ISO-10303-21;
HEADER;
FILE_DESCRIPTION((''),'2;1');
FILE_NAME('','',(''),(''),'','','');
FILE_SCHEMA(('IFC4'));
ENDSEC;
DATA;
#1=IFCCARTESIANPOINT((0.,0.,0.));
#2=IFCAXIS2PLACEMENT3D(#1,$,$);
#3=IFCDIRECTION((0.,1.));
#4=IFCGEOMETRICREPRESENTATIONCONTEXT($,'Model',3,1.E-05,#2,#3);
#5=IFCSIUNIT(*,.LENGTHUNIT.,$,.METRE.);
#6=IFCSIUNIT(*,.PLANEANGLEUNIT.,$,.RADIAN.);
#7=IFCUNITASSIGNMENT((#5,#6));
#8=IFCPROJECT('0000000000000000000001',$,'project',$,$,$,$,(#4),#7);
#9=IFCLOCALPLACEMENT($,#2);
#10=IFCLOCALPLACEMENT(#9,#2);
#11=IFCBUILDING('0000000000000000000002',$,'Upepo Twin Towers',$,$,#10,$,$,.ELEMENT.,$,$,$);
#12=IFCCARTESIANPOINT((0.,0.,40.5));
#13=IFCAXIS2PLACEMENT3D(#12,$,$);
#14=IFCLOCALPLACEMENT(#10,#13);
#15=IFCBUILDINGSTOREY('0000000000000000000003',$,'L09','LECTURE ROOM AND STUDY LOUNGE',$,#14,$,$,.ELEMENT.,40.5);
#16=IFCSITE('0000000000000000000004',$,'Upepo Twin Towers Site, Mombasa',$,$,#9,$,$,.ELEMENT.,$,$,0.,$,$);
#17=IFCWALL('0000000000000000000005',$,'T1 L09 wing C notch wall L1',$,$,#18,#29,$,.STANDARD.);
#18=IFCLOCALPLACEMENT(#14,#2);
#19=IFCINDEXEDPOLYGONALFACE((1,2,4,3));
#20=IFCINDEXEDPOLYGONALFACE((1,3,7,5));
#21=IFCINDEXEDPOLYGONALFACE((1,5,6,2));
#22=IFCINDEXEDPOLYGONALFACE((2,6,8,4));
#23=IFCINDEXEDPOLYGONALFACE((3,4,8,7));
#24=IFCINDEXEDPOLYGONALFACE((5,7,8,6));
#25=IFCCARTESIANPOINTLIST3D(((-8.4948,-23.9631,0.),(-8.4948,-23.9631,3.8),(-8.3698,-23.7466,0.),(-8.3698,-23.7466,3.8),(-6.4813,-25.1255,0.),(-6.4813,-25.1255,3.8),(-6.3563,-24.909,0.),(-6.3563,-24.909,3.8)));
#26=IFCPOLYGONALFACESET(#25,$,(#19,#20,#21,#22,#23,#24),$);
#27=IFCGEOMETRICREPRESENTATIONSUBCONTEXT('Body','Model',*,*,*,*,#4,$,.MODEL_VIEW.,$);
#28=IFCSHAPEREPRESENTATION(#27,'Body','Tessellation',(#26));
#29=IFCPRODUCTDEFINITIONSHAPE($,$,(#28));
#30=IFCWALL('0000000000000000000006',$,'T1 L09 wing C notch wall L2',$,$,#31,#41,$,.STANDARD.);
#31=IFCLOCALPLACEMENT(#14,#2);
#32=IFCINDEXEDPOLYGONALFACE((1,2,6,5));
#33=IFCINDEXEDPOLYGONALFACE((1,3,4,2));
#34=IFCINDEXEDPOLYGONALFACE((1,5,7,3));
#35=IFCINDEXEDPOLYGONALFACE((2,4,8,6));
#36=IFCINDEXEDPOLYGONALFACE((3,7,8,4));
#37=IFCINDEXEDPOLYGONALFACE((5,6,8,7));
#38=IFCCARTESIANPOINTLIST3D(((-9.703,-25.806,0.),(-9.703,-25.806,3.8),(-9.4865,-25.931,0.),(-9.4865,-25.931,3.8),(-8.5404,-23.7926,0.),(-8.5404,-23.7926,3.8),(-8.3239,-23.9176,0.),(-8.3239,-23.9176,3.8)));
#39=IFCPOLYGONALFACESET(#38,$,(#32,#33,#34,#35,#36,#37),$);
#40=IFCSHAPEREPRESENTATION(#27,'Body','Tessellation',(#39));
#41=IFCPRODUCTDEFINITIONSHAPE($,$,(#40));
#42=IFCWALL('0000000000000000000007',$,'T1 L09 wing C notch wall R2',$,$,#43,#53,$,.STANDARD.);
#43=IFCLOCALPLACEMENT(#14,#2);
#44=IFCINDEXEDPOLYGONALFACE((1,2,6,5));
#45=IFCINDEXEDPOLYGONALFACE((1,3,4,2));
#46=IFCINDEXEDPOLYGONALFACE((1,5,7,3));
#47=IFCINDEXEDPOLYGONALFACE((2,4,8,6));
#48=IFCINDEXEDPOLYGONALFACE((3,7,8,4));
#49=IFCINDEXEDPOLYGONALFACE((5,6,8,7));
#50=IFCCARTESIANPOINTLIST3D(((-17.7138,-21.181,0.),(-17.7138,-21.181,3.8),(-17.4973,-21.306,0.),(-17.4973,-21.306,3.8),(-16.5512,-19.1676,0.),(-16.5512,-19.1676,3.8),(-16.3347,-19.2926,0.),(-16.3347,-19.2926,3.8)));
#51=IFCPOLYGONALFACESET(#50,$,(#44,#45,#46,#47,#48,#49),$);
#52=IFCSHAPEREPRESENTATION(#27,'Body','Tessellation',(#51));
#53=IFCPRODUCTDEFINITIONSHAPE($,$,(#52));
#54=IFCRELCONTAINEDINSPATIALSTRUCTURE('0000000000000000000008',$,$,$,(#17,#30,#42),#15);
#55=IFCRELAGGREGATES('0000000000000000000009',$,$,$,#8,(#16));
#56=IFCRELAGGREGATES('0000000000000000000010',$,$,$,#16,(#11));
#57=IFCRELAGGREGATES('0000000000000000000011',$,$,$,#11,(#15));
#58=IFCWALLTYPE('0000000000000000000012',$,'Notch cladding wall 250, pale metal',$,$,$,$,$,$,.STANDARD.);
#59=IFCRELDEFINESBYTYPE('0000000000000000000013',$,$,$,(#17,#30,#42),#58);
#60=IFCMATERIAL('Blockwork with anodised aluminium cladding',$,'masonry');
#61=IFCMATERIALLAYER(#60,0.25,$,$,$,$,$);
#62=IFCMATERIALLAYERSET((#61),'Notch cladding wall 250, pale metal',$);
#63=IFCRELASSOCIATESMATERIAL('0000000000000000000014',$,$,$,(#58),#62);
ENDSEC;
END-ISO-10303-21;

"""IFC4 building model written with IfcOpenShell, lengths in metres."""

from ifc_helpers import new_model, si_unit, direction, frame, frame_2d, origin, place, context, subcontext, project, spatial, rectangle, extrude, material, layer, layer_set, type_object, element, save


model = new_model("IFC4")

# Units and contexts
model_context = context("Model", 3, precision=1e-05, world=origin(), true_north=direction((0.0, 1.0)))
body_context = subcontext(model_context, "Body", "Model", "MODEL_VIEW")
ifc_project = project(units=[si_unit("LENGTHUNIT", "METRE"), si_unit("PLANEANGLEUNIT", "RADIAN")], contexts=[model_context])

# Site, building, storey
site_placement = place(None, origin())
site = spatial("IfcSite", under=ifc_project, at=site_placement, Name="Upepo Twin Towers Site, Mombasa", CompositionType="ELEMENT", RefElevation=0.0)
building_placement = place(site_placement, origin())
building = spatial("IfcBuilding", under=site, at=building_placement, Name="Upepo Twin Towers", CompositionType="ELEMENT")
storey_placement = place(building_placement, frame((0.0, 0.0, 40.5)))
storey = spatial("IfcBuildingStorey", under=building, at=storey_placement, Name="L09", Description="LECTURE ROOM AND STUDY LOUNGE", CompositionType="ELEMENT", Elevation=40.5)

# Walls
ifc_material_1 = material(Name="Blockwork with anodised aluminium cladding", Category="masonry")
ifc_layer_1 = layer(ifc_material_1, 0.25)
ifc_layer_set_1 = layer_set([ifc_layer_1], Name="Notch cladding wall 250, pale metal")
wall_type_1 = type_object("IfcWallType", Name="Notch cladding wall 250, pale metal", PredefinedType="STANDARD", material=ifc_layer_set_1)
for number, where, z_axis, x_axis, name in (
    (1, (-6.4187, -25.0173, 0.0), (0.0, 0.0, 1.0), (-0.866044, 0.499968, 0.0), "T1 L09 wing C notch wall L1"),
    (2, (-8.4321, -23.855, 0.0), (0.0, 0.0, 1.0), (-0.500047, -0.865998, 0.0), "T1 L09 wing C notch wall L2"),
    (3, (-16.4429, -19.23, 0.0), (0.0, 0.0, 1.0), (-0.500047, -0.865998, 0.0), "T1 L09 wing C notch wall R2"),
):
    element("IfcWall", number, at=place(storey_placement, frame(where, z_axis=z_axis, x_axis=x_axis)), inside=storey, type_object=wall_type_1, Name=name, PredefinedType="STANDARD", context=body_context, shape_type="SweptSolid", body=[
        extrude(rectangle(XDim=2.325, YDim=0.25, at=frame_2d((1.1626, 0.0))), origin(), (0.0, 0.0, 1.0), 3.8),
    ])

save(model, "model.ifc")
